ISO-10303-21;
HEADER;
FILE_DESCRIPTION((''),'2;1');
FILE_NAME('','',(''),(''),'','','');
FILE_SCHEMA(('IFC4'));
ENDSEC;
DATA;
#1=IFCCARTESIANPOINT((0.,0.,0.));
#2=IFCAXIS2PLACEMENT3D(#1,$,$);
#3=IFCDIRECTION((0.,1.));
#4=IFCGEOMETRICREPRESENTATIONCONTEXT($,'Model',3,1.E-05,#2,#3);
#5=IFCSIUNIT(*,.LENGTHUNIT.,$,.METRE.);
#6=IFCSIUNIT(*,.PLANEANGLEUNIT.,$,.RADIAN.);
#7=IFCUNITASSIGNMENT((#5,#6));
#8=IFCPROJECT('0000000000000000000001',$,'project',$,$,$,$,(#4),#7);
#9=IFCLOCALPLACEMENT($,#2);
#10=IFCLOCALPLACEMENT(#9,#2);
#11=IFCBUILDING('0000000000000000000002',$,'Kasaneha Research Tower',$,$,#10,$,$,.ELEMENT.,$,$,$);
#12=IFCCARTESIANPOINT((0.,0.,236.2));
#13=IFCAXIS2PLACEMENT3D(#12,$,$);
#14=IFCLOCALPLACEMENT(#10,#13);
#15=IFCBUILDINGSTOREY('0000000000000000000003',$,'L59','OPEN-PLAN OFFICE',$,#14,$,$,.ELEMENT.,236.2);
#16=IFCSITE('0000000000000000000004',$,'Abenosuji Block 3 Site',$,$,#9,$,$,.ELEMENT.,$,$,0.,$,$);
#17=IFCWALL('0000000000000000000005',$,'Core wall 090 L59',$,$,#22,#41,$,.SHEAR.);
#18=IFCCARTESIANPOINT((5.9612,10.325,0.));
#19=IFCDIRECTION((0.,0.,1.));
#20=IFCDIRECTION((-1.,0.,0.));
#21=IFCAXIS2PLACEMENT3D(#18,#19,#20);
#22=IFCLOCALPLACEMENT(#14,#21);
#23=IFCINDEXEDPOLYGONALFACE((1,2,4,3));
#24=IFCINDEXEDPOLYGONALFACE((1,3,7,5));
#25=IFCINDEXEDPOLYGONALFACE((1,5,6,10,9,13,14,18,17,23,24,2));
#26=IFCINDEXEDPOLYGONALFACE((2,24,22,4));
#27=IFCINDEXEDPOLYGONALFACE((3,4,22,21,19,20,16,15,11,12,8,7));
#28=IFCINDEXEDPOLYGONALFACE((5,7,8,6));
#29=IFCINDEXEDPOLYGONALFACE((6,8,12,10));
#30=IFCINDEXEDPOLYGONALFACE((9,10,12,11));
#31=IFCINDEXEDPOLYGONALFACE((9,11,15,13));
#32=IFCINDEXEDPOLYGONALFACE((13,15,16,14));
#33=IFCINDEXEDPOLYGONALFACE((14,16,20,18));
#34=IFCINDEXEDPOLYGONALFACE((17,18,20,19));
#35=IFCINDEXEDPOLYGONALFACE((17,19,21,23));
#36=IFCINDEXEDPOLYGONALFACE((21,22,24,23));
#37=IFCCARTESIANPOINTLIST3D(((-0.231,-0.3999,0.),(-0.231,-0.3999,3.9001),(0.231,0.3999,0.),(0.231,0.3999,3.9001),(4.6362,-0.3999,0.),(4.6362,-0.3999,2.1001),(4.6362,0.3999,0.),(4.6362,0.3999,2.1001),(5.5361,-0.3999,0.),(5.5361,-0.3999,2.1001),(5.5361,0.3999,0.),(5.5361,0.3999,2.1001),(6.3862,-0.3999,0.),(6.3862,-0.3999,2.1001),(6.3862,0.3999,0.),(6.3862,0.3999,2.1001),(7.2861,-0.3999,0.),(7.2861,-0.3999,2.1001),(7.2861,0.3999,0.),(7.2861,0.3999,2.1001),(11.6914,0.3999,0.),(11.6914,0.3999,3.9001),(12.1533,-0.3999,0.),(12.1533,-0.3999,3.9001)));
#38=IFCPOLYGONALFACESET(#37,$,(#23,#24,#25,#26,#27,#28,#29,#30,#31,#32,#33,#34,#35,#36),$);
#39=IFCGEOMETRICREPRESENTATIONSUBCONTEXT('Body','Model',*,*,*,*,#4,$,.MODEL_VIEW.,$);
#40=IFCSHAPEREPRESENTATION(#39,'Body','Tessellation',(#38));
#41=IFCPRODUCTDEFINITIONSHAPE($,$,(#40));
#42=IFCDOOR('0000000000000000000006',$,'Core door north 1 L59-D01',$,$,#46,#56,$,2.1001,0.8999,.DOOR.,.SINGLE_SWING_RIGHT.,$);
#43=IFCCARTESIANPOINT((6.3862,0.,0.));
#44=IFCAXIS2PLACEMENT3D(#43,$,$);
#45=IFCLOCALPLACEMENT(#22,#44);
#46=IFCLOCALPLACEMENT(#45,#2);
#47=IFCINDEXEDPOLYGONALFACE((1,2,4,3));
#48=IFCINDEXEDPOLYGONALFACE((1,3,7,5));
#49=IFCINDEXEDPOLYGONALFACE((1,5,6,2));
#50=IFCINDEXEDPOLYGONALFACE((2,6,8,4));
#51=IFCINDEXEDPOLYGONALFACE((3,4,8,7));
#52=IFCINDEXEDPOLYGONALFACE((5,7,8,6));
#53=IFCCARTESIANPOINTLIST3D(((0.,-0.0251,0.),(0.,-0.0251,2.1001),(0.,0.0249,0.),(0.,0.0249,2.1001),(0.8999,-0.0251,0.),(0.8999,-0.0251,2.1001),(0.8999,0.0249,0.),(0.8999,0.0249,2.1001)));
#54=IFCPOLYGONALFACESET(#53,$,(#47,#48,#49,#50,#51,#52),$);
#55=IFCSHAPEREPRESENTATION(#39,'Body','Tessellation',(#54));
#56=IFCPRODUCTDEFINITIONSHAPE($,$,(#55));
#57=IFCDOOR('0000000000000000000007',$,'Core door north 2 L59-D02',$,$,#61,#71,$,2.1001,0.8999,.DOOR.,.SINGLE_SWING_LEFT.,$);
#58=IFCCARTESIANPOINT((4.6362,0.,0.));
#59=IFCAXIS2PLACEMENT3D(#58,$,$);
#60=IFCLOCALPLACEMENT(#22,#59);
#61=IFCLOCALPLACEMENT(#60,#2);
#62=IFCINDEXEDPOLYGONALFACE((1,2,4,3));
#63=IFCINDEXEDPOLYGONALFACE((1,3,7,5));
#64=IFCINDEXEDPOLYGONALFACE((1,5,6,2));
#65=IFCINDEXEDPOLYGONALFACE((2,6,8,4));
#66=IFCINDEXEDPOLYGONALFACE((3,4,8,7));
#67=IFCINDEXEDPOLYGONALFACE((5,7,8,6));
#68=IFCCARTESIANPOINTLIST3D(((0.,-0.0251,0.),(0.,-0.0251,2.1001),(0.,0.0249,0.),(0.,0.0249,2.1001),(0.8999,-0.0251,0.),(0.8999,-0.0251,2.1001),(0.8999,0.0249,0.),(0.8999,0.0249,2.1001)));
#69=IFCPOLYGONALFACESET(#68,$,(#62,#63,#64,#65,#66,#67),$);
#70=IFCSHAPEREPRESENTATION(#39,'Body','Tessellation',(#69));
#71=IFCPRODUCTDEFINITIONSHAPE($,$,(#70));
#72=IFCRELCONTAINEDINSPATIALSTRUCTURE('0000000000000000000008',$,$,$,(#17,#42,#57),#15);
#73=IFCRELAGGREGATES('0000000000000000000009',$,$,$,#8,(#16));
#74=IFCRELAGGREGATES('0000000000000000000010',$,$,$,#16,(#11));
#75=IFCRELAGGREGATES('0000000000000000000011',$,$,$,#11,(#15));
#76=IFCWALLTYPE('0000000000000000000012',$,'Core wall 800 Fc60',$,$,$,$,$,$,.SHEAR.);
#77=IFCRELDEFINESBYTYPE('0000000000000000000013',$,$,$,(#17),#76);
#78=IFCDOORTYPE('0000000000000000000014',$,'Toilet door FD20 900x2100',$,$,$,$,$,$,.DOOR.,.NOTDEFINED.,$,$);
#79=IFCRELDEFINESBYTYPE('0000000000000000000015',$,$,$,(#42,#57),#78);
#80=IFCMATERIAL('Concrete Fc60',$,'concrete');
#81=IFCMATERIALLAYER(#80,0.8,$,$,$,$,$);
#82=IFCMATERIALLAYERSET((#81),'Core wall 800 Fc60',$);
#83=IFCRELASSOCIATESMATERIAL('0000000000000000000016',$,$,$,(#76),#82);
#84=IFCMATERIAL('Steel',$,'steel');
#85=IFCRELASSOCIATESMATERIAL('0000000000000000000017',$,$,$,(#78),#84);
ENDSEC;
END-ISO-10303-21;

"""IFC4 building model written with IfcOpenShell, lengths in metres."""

from ifc_helpers import new_model, si_unit, direction, frame, frame_2d, origin, place, context, subcontext, project, spatial, polyline, rectangle, outline, extrude, material, layer, layer_set, type_object, element, fill, save


model = new_model("IFC4")

# Units and contexts
model_context = context("Model", 3, precision=1e-05, world=origin(), true_north=direction((0.0, 1.0)))
body_context = subcontext(model_context, "Body", "Model", "MODEL_VIEW")
ifc_project = project(units=[si_unit("LENGTHUNIT", "METRE"), si_unit("PLANEANGLEUNIT", "RADIAN")], contexts=[model_context])

# Site, building, storey
site_placement = place(None, origin())
site = spatial("IfcSite", under=ifc_project, at=site_placement, Name="Abenosuji Block 3 Site", CompositionType="ELEMENT", RefElevation=0.0)
building_placement = place(site_placement, origin())
building = spatial("IfcBuilding", under=site, at=building_placement, Name="Kasaneha Research Tower", CompositionType="ELEMENT")
storey_placement = place(building_placement, frame((0.0, 0.0, 236.2)))
storey = spatial("IfcBuildingStorey", under=building, at=storey_placement, Name="L59", Description="OPEN-PLAN OFFICE", CompositionType="ELEMENT", Elevation=236.2)

# Wall, openings, doors
ifc_material_1 = material(Name="Concrete Fc60", Category="concrete")
ifc_layer_1 = layer(ifc_material_1, 0.8)
ifc_layer_set_1 = layer_set([ifc_layer_1], Name="Core wall 800 Fc60")
wall_type_1 = type_object("IfcWallType", Name="Core wall 800 Fc60", PredefinedType="SHEAR", material=ifc_layer_set_1)
wall_1_placement = place(storey_placement, frame((5.9612, 10.325, 0.0), z_axis=(0.0, 0.0, 1.0), x_axis=(-1.0, 0.0, 0.0)))
wall_1 = element("IfcWall", 1, at=wall_1_placement, inside=storey, type_object=wall_type_1, Name="Core wall 090 L59", PredefinedType="SHEAR", context=body_context, shape_type="SweptSolid", body=[
    extrude(outline(polyline([(-0.231, -0.3999), (4.6362, -0.3999), (5.5361, -0.3999), (6.3862, -0.3999), (7.2861, -0.3999), (12.1533, -0.3999), (11.6914, 0.3999), (7.2861, 0.3999), (6.3862, 0.3999), (5.5361, 0.3999), (4.6362, 0.3999), (0.231, 0.3999), (-0.231, -0.3999)])), origin(), (0.0, 0.0, 1.0), 3.9001),
])
opening_1_placement = place(wall_1_placement, frame((6.3862, 0.0, 0.0)))
opening_1 = element("IfcOpeningElement", 2, at=opening_1_placement, cuts=wall_1, PredefinedType="OPENING", context=body_context, shape_type="SweptSolid", body=[
    extrude(rectangle(XDim=0.8999, YDim=2.1001, at=frame_2d((0.45, 1.05))), frame((0.0, 0.4102, 0.0), z_axis=(0.0, -1.0, 0.0), x_axis=(1.0, 0.0, 0.0)), (0.0, 0.0, 1.0), 0.8201),
])
opening_2_placement = place(wall_1_placement, frame((4.6362, 0.0, 0.0)))
opening_2 = element("IfcOpeningElement", 3, at=opening_2_placement, cuts=wall_1, PredefinedType="OPENING", context=body_context, shape_type="SweptSolid", body=[
    extrude(rectangle(XDim=0.8999, YDim=2.1001, at=frame_2d((0.45, 1.05))), frame((0.0, 0.4102, 0.0), z_axis=(0.0, -1.0, 0.0), x_axis=(1.0, 0.0, 0.0)), (0.0, 0.0, 1.0), 0.8201),
])
ifc_material_2 = material(Name="Steel", Category="steel")
door_type_1 = type_object("IfcDoorType", Name="Toilet door FD20 900x2100", OperationType="NOTDEFINED", PredefinedType="DOOR", material=ifc_material_2)
door_1_placement = place(opening_1_placement, origin())
door_1 = element("IfcDoor", 4, at=door_1_placement, inside=storey, type_object=door_type_1, Name="Core door north 1 L59-D01", OperationType="SINGLE_SWING_RIGHT", OverallHeight=2.1001, OverallWidth=0.8999, PredefinedType="DOOR", context=body_context, shape_type="SweptSolid", body=[
    extrude(rectangle(XDim=0.8999, YDim=2.1001, at=frame_2d((0.45, 1.05))), frame((0.0, 0.0249, 0.0), z_axis=(0.0, -1.0, 0.0), x_axis=(1.0, 0.0, 0.0)), (0.0, 0.0, 1.0), 0.05),
])
fill(opening_1, door_1)
door_2_placement = place(opening_2_placement, origin())
door_2 = element("IfcDoor", 5, at=door_2_placement, inside=storey, type_object=door_type_1, Name="Core door north 2 L59-D02", OperationType="SINGLE_SWING_LEFT", OverallHeight=2.1001, OverallWidth=0.8999, PredefinedType="DOOR", context=body_context, shape_type="SweptSolid", body=[
    extrude(rectangle(XDim=0.8999, YDim=2.1001, at=frame_2d((0.45, 1.05))), frame((0.0, 0.0249, 0.0), z_axis=(0.0, -1.0, 0.0), x_axis=(1.0, 0.0, 0.0)), (0.0, 0.0, 1.0), 0.05),
])
fill(opening_2, door_2)

save(model, "model.ifc")
